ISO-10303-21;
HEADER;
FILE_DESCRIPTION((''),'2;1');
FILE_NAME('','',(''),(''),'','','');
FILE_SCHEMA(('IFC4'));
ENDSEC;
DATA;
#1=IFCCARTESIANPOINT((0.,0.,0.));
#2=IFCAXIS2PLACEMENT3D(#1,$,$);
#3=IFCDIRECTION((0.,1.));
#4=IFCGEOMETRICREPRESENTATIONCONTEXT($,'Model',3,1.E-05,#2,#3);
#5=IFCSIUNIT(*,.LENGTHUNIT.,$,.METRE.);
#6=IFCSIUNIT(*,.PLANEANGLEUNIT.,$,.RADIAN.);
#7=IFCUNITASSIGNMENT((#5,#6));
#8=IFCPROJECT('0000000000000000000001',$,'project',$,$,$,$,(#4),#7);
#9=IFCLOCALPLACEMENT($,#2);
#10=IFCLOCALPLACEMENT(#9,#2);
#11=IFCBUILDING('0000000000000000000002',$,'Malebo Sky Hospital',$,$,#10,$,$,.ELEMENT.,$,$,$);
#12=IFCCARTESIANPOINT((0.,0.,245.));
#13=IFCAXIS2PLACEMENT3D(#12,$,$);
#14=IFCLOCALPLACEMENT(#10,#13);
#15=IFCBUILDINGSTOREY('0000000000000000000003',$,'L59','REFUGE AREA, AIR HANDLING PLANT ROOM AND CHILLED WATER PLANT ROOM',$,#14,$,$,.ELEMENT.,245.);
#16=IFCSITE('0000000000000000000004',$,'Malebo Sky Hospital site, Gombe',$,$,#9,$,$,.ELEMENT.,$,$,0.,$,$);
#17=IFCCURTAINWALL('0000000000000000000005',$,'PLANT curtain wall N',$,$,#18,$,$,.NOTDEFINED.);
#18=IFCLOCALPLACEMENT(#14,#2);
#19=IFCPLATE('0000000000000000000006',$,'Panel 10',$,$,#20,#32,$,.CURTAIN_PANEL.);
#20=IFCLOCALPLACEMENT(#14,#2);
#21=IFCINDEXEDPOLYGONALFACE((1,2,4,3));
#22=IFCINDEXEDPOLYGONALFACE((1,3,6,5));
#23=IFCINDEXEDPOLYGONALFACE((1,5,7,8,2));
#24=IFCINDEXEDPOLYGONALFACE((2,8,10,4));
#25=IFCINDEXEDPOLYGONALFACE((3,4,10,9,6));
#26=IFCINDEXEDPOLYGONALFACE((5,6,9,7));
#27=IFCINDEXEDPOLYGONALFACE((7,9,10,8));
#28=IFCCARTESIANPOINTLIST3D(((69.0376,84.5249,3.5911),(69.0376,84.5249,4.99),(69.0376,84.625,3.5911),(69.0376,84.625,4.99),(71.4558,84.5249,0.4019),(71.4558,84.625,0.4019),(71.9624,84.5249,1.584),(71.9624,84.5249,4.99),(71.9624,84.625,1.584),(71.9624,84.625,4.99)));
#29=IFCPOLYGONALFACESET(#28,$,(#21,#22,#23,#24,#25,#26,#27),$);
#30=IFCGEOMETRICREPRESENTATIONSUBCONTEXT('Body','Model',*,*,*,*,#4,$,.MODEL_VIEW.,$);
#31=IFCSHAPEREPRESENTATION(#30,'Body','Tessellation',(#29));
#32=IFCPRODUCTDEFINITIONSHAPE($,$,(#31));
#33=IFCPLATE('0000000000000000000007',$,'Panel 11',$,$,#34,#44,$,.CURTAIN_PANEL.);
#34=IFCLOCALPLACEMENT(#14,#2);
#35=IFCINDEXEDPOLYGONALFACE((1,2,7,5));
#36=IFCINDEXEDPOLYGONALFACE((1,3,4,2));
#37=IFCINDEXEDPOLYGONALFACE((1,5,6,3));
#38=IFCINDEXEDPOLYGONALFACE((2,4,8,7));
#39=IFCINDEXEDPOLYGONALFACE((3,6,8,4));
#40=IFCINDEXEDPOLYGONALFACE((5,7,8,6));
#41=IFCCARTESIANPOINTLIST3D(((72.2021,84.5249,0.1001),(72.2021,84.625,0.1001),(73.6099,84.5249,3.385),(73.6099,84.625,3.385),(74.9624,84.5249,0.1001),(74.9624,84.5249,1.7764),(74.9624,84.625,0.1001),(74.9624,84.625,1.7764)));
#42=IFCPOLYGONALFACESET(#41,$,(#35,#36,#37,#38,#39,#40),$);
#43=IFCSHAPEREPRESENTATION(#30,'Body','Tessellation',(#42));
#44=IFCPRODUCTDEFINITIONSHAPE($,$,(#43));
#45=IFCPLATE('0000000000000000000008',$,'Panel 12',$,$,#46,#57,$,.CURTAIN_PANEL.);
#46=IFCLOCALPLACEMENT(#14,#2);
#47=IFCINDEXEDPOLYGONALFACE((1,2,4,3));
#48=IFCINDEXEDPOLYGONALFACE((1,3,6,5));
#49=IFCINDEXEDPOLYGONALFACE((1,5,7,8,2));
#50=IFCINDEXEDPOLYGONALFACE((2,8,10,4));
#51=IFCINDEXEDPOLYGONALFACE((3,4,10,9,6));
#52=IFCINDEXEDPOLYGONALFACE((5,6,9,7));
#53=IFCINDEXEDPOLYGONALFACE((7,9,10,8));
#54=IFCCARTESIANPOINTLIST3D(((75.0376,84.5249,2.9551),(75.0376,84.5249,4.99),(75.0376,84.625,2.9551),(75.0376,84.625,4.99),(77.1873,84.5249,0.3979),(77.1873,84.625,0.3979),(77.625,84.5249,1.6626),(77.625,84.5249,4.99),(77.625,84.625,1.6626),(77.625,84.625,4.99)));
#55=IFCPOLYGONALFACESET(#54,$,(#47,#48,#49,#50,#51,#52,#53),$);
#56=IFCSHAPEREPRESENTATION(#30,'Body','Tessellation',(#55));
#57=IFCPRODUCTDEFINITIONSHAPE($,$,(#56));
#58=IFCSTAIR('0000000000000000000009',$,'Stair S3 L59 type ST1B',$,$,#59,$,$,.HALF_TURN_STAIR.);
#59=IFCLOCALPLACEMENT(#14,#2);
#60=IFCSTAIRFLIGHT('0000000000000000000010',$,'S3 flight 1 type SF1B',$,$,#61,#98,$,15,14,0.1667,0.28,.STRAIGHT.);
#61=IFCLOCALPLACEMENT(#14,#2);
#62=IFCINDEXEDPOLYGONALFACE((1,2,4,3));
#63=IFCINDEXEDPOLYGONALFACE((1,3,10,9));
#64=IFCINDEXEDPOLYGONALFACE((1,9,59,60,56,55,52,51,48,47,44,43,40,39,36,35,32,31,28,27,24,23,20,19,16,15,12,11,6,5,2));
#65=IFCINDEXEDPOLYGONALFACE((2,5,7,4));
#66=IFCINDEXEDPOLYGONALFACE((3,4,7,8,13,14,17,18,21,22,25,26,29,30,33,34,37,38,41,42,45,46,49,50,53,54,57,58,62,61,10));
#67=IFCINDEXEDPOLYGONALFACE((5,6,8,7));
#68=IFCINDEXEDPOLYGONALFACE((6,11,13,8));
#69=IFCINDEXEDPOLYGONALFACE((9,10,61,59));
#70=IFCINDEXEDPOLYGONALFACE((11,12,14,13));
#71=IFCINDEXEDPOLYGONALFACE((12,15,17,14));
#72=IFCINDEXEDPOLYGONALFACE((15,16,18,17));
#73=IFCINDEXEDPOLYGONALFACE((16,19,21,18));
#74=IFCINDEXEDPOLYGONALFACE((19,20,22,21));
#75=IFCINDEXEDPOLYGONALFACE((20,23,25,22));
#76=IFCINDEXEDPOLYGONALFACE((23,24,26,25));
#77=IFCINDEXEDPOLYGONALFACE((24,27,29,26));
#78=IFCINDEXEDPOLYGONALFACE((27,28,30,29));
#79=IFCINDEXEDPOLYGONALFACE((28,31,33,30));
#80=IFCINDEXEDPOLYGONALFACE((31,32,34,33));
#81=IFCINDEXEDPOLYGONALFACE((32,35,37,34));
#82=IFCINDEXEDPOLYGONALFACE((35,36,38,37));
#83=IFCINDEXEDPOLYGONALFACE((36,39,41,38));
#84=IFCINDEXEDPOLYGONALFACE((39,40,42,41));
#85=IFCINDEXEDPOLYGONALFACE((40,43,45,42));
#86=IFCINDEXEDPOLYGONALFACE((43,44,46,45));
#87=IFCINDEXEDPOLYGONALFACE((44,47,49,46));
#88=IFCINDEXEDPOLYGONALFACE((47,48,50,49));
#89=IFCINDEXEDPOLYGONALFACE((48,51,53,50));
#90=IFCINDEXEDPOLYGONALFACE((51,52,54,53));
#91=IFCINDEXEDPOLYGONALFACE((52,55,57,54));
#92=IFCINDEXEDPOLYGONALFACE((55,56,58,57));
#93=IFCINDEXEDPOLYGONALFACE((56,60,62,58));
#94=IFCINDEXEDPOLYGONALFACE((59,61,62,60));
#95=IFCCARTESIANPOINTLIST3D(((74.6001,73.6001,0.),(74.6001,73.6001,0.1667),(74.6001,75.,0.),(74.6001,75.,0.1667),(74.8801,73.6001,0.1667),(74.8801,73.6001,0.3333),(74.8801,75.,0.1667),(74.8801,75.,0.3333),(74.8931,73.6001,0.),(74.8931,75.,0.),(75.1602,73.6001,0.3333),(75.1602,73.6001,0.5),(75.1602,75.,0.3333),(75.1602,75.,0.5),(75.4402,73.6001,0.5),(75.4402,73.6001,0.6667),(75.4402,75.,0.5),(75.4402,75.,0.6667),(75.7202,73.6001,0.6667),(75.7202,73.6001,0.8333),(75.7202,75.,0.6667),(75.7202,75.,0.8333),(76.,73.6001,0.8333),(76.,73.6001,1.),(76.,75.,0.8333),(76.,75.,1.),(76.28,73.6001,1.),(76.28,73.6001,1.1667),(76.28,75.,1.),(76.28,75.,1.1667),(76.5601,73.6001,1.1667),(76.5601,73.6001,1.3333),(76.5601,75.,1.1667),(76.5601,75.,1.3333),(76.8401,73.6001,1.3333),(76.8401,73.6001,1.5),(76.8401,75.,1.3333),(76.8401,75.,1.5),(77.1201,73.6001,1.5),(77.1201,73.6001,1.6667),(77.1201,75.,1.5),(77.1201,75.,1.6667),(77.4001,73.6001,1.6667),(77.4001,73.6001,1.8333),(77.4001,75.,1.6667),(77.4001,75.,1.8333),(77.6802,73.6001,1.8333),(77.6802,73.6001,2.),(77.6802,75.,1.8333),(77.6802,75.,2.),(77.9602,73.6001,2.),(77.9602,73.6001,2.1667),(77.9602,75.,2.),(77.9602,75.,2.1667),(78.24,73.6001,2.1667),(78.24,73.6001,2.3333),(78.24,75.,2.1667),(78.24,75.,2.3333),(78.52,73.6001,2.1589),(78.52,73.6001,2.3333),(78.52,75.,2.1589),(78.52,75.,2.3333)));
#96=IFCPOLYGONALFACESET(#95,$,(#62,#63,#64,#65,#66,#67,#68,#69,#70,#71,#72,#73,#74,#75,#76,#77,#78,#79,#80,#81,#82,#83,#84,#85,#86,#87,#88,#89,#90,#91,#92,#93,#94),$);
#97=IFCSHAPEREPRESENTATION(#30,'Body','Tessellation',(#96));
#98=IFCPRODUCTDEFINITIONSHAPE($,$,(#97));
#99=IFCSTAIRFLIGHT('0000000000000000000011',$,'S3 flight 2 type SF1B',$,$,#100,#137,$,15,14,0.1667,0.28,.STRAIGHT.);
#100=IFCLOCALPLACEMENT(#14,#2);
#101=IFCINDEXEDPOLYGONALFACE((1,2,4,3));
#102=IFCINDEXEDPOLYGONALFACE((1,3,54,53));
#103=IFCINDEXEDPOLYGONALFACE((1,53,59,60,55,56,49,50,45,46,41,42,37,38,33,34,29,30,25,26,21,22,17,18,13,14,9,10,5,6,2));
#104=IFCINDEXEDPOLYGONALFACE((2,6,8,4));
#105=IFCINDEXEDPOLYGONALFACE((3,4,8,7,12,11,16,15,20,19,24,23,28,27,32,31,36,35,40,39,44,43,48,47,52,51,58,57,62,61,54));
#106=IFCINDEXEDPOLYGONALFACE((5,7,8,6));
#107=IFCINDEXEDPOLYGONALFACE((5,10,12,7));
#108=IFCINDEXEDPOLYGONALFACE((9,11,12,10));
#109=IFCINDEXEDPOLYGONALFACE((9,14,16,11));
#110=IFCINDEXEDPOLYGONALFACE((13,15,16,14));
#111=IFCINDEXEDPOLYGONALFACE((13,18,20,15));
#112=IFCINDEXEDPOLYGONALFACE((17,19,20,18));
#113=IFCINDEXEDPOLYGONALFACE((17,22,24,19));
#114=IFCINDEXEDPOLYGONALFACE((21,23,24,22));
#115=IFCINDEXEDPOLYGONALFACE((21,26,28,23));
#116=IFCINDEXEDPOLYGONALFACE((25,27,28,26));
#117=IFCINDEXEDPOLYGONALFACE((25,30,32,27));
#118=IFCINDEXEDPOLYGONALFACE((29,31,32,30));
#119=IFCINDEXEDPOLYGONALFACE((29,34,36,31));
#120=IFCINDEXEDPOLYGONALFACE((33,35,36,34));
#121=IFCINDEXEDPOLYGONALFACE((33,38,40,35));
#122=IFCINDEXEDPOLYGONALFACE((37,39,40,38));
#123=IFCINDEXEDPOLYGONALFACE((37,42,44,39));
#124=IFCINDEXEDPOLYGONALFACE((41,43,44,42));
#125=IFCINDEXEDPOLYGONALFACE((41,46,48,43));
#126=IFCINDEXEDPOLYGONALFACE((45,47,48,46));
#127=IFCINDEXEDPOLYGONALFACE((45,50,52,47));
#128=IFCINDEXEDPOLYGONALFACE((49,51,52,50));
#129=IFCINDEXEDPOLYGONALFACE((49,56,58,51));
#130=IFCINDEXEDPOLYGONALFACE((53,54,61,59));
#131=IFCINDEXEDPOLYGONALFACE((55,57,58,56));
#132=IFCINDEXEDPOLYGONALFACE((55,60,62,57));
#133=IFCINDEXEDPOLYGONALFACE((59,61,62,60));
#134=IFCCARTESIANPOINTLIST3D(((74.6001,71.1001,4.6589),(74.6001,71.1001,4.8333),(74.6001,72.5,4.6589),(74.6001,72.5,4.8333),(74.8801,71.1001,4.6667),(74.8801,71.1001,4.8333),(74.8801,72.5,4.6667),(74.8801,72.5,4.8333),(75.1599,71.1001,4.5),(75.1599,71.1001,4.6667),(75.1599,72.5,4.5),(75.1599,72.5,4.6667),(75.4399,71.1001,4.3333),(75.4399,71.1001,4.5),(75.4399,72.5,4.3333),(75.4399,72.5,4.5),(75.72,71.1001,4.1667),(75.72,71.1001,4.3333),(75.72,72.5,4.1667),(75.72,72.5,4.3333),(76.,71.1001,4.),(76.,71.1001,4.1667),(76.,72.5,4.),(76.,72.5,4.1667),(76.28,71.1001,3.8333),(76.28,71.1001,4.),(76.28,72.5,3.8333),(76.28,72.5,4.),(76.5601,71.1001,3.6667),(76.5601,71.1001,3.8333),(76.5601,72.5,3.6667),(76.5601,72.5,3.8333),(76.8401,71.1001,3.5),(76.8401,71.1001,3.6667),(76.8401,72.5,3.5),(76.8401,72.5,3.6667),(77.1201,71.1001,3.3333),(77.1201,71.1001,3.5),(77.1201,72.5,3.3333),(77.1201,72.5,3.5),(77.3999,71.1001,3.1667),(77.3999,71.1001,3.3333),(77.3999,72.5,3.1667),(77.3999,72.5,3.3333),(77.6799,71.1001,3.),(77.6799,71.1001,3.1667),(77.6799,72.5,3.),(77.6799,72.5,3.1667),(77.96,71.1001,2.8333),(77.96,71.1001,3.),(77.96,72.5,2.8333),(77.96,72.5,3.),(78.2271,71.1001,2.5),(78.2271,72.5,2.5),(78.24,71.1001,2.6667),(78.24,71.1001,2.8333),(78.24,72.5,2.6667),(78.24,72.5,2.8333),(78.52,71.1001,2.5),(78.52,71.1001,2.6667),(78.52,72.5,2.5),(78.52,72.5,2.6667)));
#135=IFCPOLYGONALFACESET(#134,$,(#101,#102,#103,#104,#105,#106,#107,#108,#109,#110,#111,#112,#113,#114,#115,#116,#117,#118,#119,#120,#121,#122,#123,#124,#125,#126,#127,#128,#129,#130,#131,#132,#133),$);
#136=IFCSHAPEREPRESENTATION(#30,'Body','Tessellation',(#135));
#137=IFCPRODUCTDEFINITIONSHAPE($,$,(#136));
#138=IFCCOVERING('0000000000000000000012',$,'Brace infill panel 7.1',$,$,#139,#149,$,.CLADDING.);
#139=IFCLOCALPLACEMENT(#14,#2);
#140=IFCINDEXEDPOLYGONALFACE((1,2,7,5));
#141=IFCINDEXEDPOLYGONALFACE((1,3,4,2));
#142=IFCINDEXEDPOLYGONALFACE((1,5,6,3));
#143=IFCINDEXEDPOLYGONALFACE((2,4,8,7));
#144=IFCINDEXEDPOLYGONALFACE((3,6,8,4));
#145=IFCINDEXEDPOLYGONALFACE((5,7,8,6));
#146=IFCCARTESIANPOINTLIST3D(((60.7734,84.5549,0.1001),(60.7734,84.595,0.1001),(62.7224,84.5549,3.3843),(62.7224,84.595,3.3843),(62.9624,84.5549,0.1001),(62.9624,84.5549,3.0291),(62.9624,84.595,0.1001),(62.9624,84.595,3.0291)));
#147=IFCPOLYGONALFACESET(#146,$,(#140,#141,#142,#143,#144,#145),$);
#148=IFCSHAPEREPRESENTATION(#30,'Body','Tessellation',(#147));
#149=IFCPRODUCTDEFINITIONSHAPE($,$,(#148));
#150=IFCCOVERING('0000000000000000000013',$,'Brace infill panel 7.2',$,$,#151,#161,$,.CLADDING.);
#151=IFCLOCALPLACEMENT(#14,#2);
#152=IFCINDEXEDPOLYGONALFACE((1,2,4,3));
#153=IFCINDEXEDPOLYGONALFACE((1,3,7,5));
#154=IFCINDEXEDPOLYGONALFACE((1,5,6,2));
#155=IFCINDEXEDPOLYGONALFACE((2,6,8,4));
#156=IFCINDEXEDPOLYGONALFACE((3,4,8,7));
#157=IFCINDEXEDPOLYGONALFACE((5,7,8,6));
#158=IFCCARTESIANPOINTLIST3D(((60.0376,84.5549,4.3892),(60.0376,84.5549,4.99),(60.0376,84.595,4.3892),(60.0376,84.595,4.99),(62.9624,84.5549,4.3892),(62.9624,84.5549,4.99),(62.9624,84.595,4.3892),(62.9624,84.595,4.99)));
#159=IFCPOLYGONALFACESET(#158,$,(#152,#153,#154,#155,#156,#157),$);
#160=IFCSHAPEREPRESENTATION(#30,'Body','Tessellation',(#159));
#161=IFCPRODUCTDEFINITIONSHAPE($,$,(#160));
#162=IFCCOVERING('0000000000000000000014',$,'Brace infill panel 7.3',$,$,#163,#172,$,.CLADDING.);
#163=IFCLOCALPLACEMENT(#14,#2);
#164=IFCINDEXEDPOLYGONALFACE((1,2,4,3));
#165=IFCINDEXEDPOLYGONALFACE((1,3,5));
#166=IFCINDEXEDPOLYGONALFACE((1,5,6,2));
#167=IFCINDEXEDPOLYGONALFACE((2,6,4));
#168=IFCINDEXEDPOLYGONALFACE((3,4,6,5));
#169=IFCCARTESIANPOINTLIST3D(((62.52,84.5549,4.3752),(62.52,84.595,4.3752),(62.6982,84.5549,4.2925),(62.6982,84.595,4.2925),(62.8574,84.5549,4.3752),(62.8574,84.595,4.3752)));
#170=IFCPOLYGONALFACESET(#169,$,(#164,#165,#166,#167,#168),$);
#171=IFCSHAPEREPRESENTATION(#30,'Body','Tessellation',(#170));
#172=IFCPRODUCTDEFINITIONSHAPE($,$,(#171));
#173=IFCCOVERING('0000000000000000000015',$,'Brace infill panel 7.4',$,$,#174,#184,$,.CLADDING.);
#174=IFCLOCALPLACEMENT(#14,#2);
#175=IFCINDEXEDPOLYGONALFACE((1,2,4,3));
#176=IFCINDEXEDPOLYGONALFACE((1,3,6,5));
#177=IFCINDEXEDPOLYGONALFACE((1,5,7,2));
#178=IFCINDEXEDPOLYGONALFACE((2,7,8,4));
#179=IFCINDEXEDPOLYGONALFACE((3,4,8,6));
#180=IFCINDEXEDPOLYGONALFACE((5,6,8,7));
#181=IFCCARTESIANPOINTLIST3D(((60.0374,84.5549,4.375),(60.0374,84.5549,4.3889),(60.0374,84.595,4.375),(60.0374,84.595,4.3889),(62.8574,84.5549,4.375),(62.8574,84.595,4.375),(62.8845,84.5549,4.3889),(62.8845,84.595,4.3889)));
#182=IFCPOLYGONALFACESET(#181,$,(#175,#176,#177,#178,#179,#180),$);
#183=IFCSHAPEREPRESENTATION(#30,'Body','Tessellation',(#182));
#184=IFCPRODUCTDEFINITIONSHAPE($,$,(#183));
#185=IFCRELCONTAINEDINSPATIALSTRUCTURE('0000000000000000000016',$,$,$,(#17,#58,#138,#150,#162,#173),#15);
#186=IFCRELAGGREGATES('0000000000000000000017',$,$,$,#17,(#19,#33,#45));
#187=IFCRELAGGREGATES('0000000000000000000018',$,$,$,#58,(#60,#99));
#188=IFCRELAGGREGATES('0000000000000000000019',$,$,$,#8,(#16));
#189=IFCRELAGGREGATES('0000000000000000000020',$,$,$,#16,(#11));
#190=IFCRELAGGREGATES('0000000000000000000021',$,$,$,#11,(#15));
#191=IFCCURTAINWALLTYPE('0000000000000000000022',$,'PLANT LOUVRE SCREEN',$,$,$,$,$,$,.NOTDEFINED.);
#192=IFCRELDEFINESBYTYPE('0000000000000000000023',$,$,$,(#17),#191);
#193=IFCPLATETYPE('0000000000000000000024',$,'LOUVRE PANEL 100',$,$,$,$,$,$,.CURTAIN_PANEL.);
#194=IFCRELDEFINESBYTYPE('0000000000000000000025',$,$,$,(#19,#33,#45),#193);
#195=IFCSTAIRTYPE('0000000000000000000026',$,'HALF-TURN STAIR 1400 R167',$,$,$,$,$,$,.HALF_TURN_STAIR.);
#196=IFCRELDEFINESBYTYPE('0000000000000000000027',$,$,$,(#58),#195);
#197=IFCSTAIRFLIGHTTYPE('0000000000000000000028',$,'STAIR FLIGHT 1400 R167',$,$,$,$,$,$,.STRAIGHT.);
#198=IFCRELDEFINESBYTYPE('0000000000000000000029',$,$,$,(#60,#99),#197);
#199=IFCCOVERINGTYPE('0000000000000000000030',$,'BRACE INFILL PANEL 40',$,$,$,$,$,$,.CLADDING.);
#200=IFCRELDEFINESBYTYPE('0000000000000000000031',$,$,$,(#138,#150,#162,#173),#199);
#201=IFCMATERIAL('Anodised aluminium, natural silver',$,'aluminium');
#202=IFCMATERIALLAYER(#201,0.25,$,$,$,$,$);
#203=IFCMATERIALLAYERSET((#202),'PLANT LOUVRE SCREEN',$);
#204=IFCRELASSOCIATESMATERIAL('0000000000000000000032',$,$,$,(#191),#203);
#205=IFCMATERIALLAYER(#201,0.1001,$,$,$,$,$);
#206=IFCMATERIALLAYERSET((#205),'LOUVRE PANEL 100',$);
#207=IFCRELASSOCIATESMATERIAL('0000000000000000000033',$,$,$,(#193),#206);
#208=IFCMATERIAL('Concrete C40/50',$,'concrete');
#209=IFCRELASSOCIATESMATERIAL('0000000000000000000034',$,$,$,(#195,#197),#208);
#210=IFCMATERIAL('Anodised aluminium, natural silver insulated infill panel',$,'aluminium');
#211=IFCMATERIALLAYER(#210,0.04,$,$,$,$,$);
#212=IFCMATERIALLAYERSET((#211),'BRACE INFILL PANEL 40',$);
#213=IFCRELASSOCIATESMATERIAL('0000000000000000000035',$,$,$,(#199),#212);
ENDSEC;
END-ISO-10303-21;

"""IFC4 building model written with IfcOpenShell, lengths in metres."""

from ifc_helpers import new_model, si_unit, direction, frame, origin, place, context, subcontext, project, spatial, polyline, outline, extrude, material, layer, layer_set, type_object, element, aggregate, save


model = new_model("IFC4")

# Units and contexts
model_context = context("Model", 3, precision=1e-05, world=origin(), true_north=direction((0.0, 1.0)))
body_context = subcontext(model_context, "Body", "Model", "MODEL_VIEW")
ifc_project = project(units=[si_unit("LENGTHUNIT", "METRE"), si_unit("PLANEANGLEUNIT", "RADIAN")], contexts=[model_context])

# Site, building, storey
site_placement = place(None, origin())
site = spatial("IfcSite", under=ifc_project, at=site_placement, Name="Malebo Sky Hospital site, Gombe", CompositionType="ELEMENT", RefElevation=0.0)
building_placement = place(site_placement, origin())
building = spatial("IfcBuilding", under=site, at=building_placement, Name="Malebo Sky Hospital", CompositionType="ELEMENT")
storey_placement = place(building_placement, frame((0.0, 0.0, 245.0)))
storey = spatial("IfcBuildingStorey", under=building, at=storey_placement, Name="L59", Description="REFUGE AREA, AIR HANDLING PLANT ROOM AND CHILLED WATER PLANT ROOM", CompositionType="ELEMENT", Elevation=245.0)

# Curtain wall
ifc_material_1 = material(Name="Anodised aluminium, natural silver", Category="aluminium")
ifc_layer_1 = layer(ifc_material_1, 0.25)
ifc_layer_set_1 = layer_set([ifc_layer_1], Name="PLANT LOUVRE SCREEN")
curtain_wall_type = type_object("IfcCurtainWallType", Name="PLANT LOUVRE SCREEN", PredefinedType="NOTDEFINED", material=ifc_layer_set_1)
curtain_wall_placement = place(storey_placement, origin())
curtain_wall = element("IfcCurtainWall", 1, at=curtain_wall_placement, inside=storey, type_object=curtain_wall_type, Name="PLANT curtain wall N", PredefinedType="NOTDEFINED")

# Plates
ifc_layer_2 = layer(ifc_material_1, 0.1001)
ifc_layer_set_2 = layer_set([ifc_layer_2], Name="LOUVRE PANEL 100")
plate_type = type_object("IfcPlateType", Name="LOUVRE PANEL 100", PredefinedType="CURTAIN_PANEL", material=ifc_layer_set_2)
plate_1_placement = place(storey_placement, frame((70.5, 84.575, 0.4019), z_axis=(0.0, 0.0, 1.0), x_axis=(1.0, 0.0, 0.0)))
plate_1 = element("IfcPlate", 2, at=plate_1_placement, type_object=plate_type, Name="Panel 10", PredefinedType="CURTAIN_PANEL", context=body_context, shape_type="SweptSolid", body=[
    extrude(outline(polyline([(0.9558, 0.0), (1.4624, 1.1821), (1.4624, 4.5881), (-1.4624, 4.5881), (-1.4624, 3.1892), (0.9558, 0.0)])), frame((0.0, 0.05, 0.0), z_axis=(0.0, -1.0, 0.0), x_axis=(1.0, 0.0, 0.0)), (0.0, 0.0, 1.0), 0.1001),
])
plate_2_placement = place(storey_placement, frame((73.5823, 84.575, 0.1001), z_axis=(0.0, 0.0, 1.0), x_axis=(1.0, 0.0, 0.0)))
plate_2 = element("IfcPlate", 3, at=plate_2_placement, type_object=plate_type, Name="Panel 11", PredefinedType="CURTAIN_PANEL", context=body_context, shape_type="SweptSolid", body=[
    extrude(outline(polyline([(-1.3801, 0.0), (1.3801, 0.0), (1.3801, 1.6763), (0.0276, 3.2849), (-1.3801, 0.0)])), frame((0.0, 0.05, 0.0), z_axis=(0.0, -1.0, 0.0), x_axis=(1.0, 0.0, 0.0)), (0.0, 0.0, 1.0), 0.1001),
])
plate_3_placement = place(storey_placement, frame((76.3313, 84.575, 0.3979), z_axis=(0.0, 0.0, 1.0), x_axis=(1.0, 0.0, 0.0)))
plate_3 = element("IfcPlate", 4, at=plate_3_placement, type_object=plate_type, Name="Panel 12", PredefinedType="CURTAIN_PANEL", context=body_context, shape_type="SweptSolid", body=[
    extrude(outline(polyline([(0.856, 0.0), (1.2937, 1.2646), (1.2937, 4.592), (-1.2937, 4.592), (-1.2937, 2.5571), (0.856, 0.0)])), frame((0.0, 0.05, 0.0), z_axis=(0.0, -1.0, 0.0), x_axis=(1.0, 0.0, 0.0)), (0.0, 0.0, 1.0), 0.1001),
])
aggregate(curtain_wall, [plate_1, plate_2, plate_3])

# Stair, stair flights
ifc_material_2 = material(Name="Concrete C40/50", Category="concrete")
stair_type = type_object("IfcStairType", Name="HALF-TURN STAIR 1400 R167", PredefinedType="HALF_TURN_STAIR", material=ifc_material_2)
stair_placement = place(storey_placement, origin())
stair = element("IfcStair", 5, at=stair_placement, inside=storey, type_object=stair_type, Name="Stair S3 L59 type ST1B", PredefinedType="HALF_TURN_STAIR")
stair_flight_type = type_object("IfcStairFlightType", Name="STAIR FLIGHT 1400 R167", PredefinedType="STRAIGHT", material=ifc_material_2)
stair_flight_1_placement = place(storey_placement, frame((74.6001, 74.3, 0.0), z_axis=(0.0, 0.0, 1.0), x_axis=(1.0, 0.0, 0.0)))
stair_flight_1 = element("IfcStairFlight", 6, at=stair_flight_1_placement, type_object=stair_flight_type, Name="S3 flight 1 type SF1B", NumberOfRisers=15, NumberOfTreads=14, PredefinedType="STRAIGHT", RiserHeight=0.1667, TreadLength=0.28, context=body_context, shape_type="SweptSolid", body=[
    extrude(outline(polyline([(0.0, 0.0), (0.0, 0.1667), (0.28, 0.1667), (0.28, 0.3333), (0.5601, 0.3333), (0.5601, 0.5), (0.8401, 0.5), (0.8401, 0.6667), (1.1201, 0.6667), (1.1201, 0.8333), (1.3999, 0.8333), (1.3999, 1.0), (1.6799, 1.0), (1.6799, 1.1667), (1.96, 1.1667), (1.96, 1.3333), (2.24, 1.3333), (2.24, 1.5), (2.52, 1.5), (2.52, 1.6667), (2.8, 1.6667), (2.8, 1.8333), (3.0801, 1.8333), (3.0801, 2.0), (3.3601, 2.0), (3.3601, 2.1667), (3.6399, 2.1667), (3.6399, 2.3333), (3.9199, 2.3333), (3.9199, 2.5), (3.9199, 2.1589), (0.293, 0.0), (0.0, 0.0)])), frame((0.0, 0.7, 0.0), z_axis=(0.0, -1.0, 0.0), x_axis=(1.0, 0.0, 0.0)), (0.0, 0.0, 1.0), 1.3999),
])
stair_flight_2_placement = place(storey_placement, frame((78.52, 71.8, 2.5), z_axis=(0.0, 0.0, 1.0), x_axis=(-1.0, 0.0, 0.0)))
stair_flight_2 = element("IfcStairFlight", 7, at=stair_flight_2_placement, type_object=stair_flight_type, Name="S3 flight 2 type SF1B", NumberOfRisers=15, NumberOfTreads=14, PredefinedType="STRAIGHT", RiserHeight=0.1667, TreadLength=0.28, context=body_context, shape_type="SweptSolid", body=[
    extrude(outline(polyline([(0.0, 0.0), (0.0, 0.1667), (0.28, 0.1667), (0.28, 0.3333), (0.5601, 0.3333), (0.5601, 0.5), (0.8401, 0.5), (0.8401, 0.6667), (1.1201, 0.6667), (1.1201, 0.8333), (1.3999, 0.8333), (1.3999, 1.0), (1.6799, 1.0), (1.6799, 1.1667), (1.96, 1.1667), (1.96, 1.3333), (2.24, 1.3333), (2.24, 1.5), (2.52, 1.5), (2.52, 1.6667), (2.8, 1.6667), (2.8, 1.8333), (3.0801, 1.8333), (3.0801, 2.0), (3.3601, 2.0), (3.3601, 2.1667), (3.6399, 2.1667), (3.6399, 2.3333), (3.9199, 2.3333), (3.9199, 2.5), (3.9199, 2.1589), (0.293, 0.0), (0.0, 0.0)])), frame((0.0, 0.7, 0.0), z_axis=(0.0, -1.0, 0.0), x_axis=(1.0, 0.0, 0.0)), (0.0, 0.0, 1.0), 1.3999),
])
aggregate(stair, [stair_flight_1, stair_flight_2])

# Coverings
ifc_material_3 = material(Name="Anodised aluminium, natural silver insulated infill panel", Category="aluminium")
ifc_layer_3 = layer(ifc_material_3, 0.04)
ifc_layer_set_3 = layer_set([ifc_layer_3], Name="BRACE INFILL PANEL 40")
covering_type = type_object("IfcCoveringType", Name="BRACE INFILL PANEL 40", PredefinedType="CLADDING", material=ifc_layer_set_3)
covering_1_placement = place(storey_placement, frame((61.8679, 84.575, 0.1001), z_axis=(0.0, 0.0, 1.0), x_axis=(1.0, 0.0, 0.0)))
element("IfcCovering", 8, at=covering_1_placement, inside=storey, type_object=covering_type, Name="Brace infill panel 7.1", PredefinedType="CLADDING", context=body_context, shape_type="SweptSolid", body=[
    extrude(outline(polyline([(-1.0945, 0.0), (1.0945, 0.0), (1.0945, 2.929), (0.8545, 3.2842), (-1.0945, 0.0)])), frame((0.0, 0.02, 0.0), z_axis=(0.0, -1.0, 0.0), x_axis=(1.0, 0.0, 0.0)), (0.0, 0.0, 1.0), 0.04),
])
covering_2_placement = place(storey_placement, frame((61.5, 84.575, 4.3892), z_axis=(0.0, 0.0, 1.0), x_axis=(1.0, 0.0, 0.0)))
element("IfcCovering", 9, at=covering_2_placement, inside=storey, type_object=covering_type, Name="Brace infill panel 7.2", PredefinedType="CLADDING", context=body_context, shape_type="SweptSolid", body=[
    extrude(outline(polyline([(-1.4624, 0.0), (1.4624, 0.0), (1.4624, 0.6008), (-1.4624, 0.6008), (-1.4624, 0.0)])), frame((0.0, 0.02, 0.0), z_axis=(0.0, -1.0, 0.0), x_axis=(1.0, 0.0, 0.0)), (0.0, 0.0, 1.0), 0.04),
])
covering_3_placement = place(storey_placement, frame((62.6887, 84.575, 4.2925), z_axis=(0.0, 0.0, 1.0), x_axis=(1.0, 0.0, 0.0)))
element("IfcCovering", 10, at=covering_3_placement, inside=storey, type_object=covering_type, Name="Brace infill panel 7.3", PredefinedType="CLADDING", context=body_context, shape_type="SweptSolid", body=[
    extrude(outline(polyline([(0.0095, 0.0), (0.1687, 0.0828), (-0.1687, 0.0828), (0.0095, 0.0)])), frame((0.0, 0.02, 0.0), z_axis=(0.0, -1.0, 0.0), x_axis=(1.0, 0.0, 0.0)), (0.0, 0.0, 1.0), 0.04),
])
covering_4_placement = place(storey_placement, frame((61.4609, 84.575, 4.375), z_axis=(0.0, 0.0, 1.0), x_axis=(1.0, 0.0, 0.0)))
element("IfcCovering", 11, at=covering_4_placement, inside=storey, type_object=covering_type, Name="Brace infill panel 7.4", PredefinedType="CLADDING", context=body_context, shape_type="SweptSolid", body=[
    extrude(outline(polyline([(-1.4236, 0.0), (1.3965, 0.0), (1.4236, 0.0139), (-1.4236, 0.0139), (-1.4236, 0.0)])), frame((0.0, 0.02, 0.0), z_axis=(0.0, -1.0, 0.0), x_axis=(1.0, 0.0, 0.0)), (0.0, 0.0, 1.0), 0.04),
])

save(model, "model.ifc")
